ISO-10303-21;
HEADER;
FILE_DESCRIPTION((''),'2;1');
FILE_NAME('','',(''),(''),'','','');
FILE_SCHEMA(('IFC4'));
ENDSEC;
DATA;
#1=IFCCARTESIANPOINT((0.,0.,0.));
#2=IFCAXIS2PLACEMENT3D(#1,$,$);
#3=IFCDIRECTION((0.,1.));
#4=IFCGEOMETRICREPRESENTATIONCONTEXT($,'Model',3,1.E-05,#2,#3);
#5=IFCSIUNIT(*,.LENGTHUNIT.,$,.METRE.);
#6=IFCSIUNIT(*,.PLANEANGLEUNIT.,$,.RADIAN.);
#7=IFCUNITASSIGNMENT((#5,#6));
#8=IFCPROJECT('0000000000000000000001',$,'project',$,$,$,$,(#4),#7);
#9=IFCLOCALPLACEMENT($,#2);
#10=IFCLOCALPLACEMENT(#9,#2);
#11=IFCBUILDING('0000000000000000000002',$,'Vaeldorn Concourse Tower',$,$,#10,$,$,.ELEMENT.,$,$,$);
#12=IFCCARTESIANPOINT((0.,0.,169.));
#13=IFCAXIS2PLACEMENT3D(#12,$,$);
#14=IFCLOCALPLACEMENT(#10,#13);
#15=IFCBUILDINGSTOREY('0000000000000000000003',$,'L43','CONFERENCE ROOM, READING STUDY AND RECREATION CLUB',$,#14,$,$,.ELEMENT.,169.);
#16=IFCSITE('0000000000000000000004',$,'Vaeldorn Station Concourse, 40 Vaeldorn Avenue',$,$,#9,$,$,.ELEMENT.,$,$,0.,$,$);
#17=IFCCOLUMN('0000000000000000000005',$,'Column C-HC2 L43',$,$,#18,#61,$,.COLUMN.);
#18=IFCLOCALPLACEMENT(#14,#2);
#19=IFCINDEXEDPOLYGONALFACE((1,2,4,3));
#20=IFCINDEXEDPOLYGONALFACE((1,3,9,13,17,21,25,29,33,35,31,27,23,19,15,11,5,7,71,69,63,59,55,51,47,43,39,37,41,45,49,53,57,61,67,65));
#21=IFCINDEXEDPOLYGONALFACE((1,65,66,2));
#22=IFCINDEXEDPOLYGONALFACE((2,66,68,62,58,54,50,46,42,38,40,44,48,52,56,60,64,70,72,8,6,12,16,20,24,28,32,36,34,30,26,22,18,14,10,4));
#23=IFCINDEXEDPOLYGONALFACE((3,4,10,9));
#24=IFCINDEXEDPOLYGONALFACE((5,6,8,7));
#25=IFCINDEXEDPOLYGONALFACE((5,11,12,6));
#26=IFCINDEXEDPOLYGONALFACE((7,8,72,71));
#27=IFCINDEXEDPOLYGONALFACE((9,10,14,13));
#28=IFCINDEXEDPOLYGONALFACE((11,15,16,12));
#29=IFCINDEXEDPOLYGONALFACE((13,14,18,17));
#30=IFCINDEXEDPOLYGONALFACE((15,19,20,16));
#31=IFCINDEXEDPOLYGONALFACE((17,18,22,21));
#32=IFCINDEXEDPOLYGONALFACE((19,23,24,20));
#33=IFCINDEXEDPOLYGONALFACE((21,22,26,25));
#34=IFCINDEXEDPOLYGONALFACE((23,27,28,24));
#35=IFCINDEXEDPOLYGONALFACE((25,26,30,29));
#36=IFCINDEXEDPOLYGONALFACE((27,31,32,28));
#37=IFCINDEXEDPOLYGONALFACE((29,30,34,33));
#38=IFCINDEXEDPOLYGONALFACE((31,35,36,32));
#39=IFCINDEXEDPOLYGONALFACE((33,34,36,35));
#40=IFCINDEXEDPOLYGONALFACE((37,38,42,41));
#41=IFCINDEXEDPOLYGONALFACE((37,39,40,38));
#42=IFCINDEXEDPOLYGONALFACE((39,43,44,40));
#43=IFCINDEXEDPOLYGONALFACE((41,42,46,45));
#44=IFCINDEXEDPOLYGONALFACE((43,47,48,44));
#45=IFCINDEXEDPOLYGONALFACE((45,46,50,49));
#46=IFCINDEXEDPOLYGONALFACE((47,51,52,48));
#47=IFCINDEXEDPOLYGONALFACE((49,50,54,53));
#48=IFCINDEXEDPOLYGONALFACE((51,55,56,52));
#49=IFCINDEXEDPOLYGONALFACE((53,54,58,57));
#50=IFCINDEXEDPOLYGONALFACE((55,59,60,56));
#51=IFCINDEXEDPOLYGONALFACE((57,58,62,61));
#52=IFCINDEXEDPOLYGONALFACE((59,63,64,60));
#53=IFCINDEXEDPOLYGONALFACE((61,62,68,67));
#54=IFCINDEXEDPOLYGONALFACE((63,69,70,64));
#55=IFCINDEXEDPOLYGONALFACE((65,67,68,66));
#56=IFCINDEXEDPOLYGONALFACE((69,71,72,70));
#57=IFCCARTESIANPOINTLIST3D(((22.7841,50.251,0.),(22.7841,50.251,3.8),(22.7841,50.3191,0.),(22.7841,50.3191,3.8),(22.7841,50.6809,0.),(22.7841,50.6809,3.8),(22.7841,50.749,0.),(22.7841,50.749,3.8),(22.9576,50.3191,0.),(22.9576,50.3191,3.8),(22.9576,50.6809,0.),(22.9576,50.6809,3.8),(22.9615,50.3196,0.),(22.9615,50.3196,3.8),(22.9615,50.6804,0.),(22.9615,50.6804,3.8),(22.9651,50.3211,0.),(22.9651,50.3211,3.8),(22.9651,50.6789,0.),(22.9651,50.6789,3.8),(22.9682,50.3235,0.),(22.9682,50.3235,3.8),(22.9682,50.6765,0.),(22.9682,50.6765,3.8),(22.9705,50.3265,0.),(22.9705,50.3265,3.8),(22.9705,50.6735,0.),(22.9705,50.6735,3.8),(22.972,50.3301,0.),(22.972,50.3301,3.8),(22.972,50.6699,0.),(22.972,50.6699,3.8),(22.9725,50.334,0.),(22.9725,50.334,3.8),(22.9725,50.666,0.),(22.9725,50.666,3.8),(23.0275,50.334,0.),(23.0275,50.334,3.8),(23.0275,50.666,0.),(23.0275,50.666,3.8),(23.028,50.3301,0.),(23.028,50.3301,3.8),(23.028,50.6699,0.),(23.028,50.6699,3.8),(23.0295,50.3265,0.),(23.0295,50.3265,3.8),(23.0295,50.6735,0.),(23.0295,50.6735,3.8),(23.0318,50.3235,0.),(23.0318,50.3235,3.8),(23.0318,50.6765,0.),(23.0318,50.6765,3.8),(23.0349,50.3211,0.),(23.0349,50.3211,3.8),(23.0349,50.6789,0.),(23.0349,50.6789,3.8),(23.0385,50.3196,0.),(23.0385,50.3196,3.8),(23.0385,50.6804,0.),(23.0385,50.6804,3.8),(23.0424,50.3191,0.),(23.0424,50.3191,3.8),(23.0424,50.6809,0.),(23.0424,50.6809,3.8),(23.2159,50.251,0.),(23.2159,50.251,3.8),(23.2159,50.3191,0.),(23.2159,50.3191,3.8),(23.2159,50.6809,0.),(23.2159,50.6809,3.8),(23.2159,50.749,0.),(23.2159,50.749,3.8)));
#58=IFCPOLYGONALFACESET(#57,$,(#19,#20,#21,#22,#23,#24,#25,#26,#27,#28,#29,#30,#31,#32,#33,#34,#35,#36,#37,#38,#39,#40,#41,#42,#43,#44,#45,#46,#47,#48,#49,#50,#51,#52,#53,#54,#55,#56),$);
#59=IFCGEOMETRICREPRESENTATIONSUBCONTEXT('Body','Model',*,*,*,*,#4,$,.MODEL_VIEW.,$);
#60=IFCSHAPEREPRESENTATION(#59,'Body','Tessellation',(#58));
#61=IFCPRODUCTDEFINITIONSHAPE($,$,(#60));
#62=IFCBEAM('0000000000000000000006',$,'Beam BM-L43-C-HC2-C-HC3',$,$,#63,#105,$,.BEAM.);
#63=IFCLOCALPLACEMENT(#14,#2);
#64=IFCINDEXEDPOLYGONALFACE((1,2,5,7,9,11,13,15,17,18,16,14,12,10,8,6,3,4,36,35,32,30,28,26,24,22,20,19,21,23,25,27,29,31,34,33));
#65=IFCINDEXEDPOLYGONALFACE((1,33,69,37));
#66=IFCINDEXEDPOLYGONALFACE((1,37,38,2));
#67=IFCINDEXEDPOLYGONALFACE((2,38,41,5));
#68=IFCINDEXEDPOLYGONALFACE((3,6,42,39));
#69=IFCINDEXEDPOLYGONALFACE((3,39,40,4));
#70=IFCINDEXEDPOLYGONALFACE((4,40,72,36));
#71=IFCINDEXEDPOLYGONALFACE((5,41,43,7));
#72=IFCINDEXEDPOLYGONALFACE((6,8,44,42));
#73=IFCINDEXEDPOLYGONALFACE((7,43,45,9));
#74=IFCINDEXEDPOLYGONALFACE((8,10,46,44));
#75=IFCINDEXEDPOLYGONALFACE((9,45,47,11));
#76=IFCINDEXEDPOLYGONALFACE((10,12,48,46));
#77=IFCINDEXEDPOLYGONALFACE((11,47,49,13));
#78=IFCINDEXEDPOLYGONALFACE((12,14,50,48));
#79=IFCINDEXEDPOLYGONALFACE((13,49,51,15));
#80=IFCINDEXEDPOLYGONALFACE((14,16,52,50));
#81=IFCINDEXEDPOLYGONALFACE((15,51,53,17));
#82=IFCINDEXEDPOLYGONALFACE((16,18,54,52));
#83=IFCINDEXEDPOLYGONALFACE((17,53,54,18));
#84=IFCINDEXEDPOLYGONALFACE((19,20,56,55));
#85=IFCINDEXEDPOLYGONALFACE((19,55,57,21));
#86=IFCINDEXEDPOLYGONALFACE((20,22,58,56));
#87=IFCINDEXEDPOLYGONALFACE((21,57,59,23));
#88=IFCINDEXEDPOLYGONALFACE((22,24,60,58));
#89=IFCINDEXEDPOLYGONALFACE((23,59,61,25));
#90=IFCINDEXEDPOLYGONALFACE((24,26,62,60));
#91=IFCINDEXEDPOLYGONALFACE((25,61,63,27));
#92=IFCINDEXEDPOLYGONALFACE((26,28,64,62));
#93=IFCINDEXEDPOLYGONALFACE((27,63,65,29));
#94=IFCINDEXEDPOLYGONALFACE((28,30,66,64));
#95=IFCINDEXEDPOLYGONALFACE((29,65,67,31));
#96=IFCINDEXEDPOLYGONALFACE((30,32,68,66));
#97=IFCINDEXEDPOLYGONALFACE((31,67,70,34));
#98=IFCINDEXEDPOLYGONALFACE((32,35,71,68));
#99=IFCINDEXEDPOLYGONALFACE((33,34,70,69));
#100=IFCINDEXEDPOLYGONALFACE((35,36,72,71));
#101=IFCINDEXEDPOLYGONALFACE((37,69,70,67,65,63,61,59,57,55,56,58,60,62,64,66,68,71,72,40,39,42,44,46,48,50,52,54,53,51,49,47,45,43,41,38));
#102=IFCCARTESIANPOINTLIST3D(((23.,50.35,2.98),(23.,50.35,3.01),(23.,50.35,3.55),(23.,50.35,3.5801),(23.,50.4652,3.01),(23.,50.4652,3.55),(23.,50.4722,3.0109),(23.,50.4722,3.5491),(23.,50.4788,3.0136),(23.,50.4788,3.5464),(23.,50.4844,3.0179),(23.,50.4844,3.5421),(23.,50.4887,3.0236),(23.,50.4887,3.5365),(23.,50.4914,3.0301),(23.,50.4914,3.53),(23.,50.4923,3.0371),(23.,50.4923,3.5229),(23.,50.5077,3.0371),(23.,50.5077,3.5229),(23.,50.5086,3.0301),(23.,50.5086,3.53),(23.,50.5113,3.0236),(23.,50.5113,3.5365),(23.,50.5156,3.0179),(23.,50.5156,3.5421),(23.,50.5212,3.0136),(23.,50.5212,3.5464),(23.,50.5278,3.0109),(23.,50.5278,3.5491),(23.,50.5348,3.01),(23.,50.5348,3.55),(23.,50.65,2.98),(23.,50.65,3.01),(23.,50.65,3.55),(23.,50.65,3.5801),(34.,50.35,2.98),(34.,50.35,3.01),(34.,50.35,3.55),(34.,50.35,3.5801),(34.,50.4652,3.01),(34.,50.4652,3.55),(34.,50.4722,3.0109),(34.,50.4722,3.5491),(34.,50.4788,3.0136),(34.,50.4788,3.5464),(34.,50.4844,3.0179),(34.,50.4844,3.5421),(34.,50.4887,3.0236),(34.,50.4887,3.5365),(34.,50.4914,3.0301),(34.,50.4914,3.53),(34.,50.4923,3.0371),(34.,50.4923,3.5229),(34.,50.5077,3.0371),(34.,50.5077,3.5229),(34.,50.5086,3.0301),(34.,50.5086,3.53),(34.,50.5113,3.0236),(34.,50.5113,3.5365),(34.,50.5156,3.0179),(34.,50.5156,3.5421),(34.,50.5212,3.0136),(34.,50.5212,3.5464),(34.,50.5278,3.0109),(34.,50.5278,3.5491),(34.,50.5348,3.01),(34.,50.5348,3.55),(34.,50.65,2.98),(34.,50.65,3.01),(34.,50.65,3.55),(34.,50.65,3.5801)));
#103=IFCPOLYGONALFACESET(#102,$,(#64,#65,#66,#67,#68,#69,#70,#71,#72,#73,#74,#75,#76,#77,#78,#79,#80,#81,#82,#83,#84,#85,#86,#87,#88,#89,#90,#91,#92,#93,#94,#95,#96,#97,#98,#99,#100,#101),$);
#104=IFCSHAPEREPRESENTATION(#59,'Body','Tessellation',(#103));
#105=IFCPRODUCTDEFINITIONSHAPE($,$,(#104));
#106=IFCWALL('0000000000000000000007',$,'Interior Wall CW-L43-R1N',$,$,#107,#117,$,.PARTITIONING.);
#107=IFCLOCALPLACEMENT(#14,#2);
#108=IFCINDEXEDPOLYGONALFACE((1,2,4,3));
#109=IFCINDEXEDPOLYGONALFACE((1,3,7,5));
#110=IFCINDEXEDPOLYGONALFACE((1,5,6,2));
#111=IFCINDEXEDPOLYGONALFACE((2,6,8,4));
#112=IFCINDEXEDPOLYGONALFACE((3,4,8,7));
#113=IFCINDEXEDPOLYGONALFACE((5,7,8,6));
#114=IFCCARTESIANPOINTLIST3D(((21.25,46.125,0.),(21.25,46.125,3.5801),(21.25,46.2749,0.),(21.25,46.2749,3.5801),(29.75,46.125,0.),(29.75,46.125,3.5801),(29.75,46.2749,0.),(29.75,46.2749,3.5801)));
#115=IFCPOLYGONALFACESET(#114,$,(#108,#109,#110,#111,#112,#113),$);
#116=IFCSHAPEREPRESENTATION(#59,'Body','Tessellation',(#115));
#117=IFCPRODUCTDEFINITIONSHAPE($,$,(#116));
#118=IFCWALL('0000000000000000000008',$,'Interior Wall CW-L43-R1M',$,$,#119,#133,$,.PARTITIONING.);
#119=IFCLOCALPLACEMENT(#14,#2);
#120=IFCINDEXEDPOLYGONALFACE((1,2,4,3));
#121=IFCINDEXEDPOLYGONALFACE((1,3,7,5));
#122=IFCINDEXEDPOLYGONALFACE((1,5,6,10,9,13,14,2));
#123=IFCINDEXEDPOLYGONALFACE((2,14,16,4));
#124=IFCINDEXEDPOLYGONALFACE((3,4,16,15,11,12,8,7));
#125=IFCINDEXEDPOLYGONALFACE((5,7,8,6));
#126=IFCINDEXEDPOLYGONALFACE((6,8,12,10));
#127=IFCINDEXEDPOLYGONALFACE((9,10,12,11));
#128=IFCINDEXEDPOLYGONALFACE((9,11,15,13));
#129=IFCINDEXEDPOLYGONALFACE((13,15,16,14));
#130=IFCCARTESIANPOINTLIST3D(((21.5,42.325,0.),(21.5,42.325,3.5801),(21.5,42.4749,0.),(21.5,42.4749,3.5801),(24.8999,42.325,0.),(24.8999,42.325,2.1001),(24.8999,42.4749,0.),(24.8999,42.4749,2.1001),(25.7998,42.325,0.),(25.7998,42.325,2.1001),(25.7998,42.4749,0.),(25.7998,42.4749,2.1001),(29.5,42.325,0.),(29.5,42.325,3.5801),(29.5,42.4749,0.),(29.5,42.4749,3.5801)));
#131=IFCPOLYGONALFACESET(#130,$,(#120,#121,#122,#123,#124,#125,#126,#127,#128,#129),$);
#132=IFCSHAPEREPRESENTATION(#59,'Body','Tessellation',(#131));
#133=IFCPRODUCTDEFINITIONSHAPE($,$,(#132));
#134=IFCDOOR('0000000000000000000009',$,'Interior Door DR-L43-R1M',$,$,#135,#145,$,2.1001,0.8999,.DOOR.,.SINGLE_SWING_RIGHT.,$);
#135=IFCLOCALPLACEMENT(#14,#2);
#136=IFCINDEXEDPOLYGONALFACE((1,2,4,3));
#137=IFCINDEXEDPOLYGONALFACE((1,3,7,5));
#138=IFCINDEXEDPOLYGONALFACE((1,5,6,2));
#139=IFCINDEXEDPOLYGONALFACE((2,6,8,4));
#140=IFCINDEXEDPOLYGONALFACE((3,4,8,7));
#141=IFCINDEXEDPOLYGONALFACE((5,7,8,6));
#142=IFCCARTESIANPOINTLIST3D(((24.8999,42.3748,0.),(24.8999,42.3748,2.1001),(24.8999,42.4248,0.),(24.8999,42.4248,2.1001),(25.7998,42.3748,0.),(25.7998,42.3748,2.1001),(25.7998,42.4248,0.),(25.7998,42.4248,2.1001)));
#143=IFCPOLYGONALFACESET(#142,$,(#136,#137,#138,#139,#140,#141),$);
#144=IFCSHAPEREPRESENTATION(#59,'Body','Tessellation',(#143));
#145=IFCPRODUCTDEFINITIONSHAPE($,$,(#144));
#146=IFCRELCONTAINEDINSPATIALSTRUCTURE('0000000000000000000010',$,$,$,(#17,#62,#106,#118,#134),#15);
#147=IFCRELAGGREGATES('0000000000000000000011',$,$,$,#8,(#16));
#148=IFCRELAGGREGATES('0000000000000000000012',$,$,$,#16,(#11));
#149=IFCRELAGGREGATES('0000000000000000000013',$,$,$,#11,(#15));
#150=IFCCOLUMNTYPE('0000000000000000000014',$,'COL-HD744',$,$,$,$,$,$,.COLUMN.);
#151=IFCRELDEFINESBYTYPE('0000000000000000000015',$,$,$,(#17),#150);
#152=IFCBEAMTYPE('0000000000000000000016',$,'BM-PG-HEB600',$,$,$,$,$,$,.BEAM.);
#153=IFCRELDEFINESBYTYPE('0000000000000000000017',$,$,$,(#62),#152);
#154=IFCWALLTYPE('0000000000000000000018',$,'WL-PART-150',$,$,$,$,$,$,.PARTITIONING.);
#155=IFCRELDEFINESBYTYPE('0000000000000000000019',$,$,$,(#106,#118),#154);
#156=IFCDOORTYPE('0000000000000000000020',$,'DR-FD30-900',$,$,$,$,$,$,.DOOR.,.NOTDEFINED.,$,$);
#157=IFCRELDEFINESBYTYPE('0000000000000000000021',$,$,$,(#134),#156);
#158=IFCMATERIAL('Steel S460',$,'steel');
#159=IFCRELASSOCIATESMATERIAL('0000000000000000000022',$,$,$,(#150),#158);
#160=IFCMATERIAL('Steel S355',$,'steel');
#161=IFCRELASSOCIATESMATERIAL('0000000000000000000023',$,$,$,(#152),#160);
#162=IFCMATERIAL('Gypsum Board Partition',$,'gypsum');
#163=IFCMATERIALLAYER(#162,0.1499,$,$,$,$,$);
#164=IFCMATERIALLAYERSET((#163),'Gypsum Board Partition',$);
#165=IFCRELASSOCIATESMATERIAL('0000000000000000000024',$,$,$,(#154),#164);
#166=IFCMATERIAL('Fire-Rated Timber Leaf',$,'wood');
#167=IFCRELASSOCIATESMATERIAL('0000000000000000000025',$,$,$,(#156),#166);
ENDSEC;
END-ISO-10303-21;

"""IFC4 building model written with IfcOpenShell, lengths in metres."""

from ifc_helpers import new_model, si_unit, direction, frame, frame_2d, origin, origin_2d, place, context, subcontext, project, spatial, rectangle, i_section, extrude, source, transform, mapped, material, layer, layer_set, material_profile, profile_set, type_object, element, fill, save


model = new_model("IFC4")

# Units and contexts
model_context = context("Model", 3, precision=1e-05, world=origin(), true_north=direction((0.0, 1.0)))
body_context = subcontext(model_context, "Body", "Model", "MODEL_VIEW")
ifc_project = project(units=[si_unit("LENGTHUNIT", "METRE"), si_unit("PLANEANGLEUNIT", "RADIAN")], contexts=[model_context])

# Site, building, storey
site_placement = place(None, origin())
site = spatial("IfcSite", under=ifc_project, at=site_placement, Name="Vaeldorn Station Concourse, 40 Vaeldorn Avenue", CompositionType="ELEMENT", RefElevation=0.0)
building_placement = place(site_placement, origin())
building = spatial("IfcBuilding", under=site, at=building_placement, Name="Vaeldorn Concourse Tower", CompositionType="ELEMENT")
storey_placement = place(building_placement, frame((0.0, 0.0, 169.0)))
storey = spatial("IfcBuildingStorey", under=building, at=storey_placement, Name="L43", Description="CONFERENCE ROOM, READING STUDY AND RECREATION CLUB", CompositionType="ELEMENT", Elevation=169.0)

# Column
ifc_material_1 = material(Name="Steel S460", Category="steel")
ifc_material_profile_1 = material_profile(ifc_material_1, i_section(OverallWidth=0.4319, OverallDepth=0.498, WebThickness=0.0549, FlangeThickness=0.0681, FilletRadius=0.0149, at=origin_2d()), Name="HD 400x744")
ifc_profile_set_1 = profile_set([ifc_material_profile_1], Name="Steel S460")
column_type = type_object("IfcColumnType", Name="COL-HD744", PredefinedType="COLUMN", material=ifc_profile_set_1)
shared_shape_1 = source(origin(), body_context, "Body", "SweptSolid", [
    extrude(i_section(OverallWidth=0.4319, OverallDepth=0.498, WebThickness=0.0549, FlangeThickness=0.0681, FilletRadius=0.0149, at=origin_2d()), origin(), (0.0, 0.0, 1.0), 3.8),
])
column_placement = place(storey_placement, frame((23.0, 50.5, 0.0), z_axis=(0.0, 0.0, 1.0), x_axis=(1.0, 0.0, 0.0)))
element("IfcColumn", 1, at=column_placement, inside=storey, type_object=column_type, Name="Column C-HC2 L43", PredefinedType="COLUMN", context=body_context, shape_type="MappedRepresentation", body=[
    mapped(shared_shape_1, transform((0.0, 0.0, 0.0), scale=1.0)),
])

# Beam
ifc_material_2 = material(Name="Steel S355", Category="steel")
ifc_material_profile_2 = material_profile(ifc_material_2, i_section(OverallWidth=0.3, OverallDepth=0.6001, WebThickness=0.0154, FlangeThickness=0.03, FilletRadius=0.0271, at=origin_2d()), Name="HEB 600")
ifc_profile_set_2 = profile_set([ifc_material_profile_2], Name="Steel S355")
beam_type = type_object("IfcBeamType", Name="BM-PG-HEB600", PredefinedType="BEAM", material=ifc_profile_set_2)
shared_shape_2 = source(origin(), body_context, "Body", "SweptSolid", [
    extrude(i_section(OverallWidth=0.3, OverallDepth=0.6001, WebThickness=0.0154, FlangeThickness=0.03, FilletRadius=0.0271, at=origin_2d()), origin(), (0.0, 0.0, 1.0), 11.0),
])
beam_placement = place(storey_placement, frame((23.0, 50.5, 3.28), z_axis=(1.0, 0.0, 0.0), x_axis=(0.0, 1.0, 0.0)))
element("IfcBeam", 2, at=beam_placement, inside=storey, type_object=beam_type, Name="Beam BM-L43-C-HC2-C-HC3", PredefinedType="BEAM", context=body_context, shape_type="MappedRepresentation", body=[
    mapped(shared_shape_2, transform((0.0, 0.0, 0.0), scale=1.0)),
])

# Wall
ifc_material_3 = material(Name="Gypsum Board Partition", Category="gypsum")
ifc_layer_1 = layer(ifc_material_3, 0.1499)
ifc_layer_set_1 = layer_set([ifc_layer_1], Name="Gypsum Board Partition")
wall_type_1 = type_object("IfcWallType", Name="WL-PART-150", PredefinedType="PARTITIONING", material=ifc_layer_set_1)
wall_1_placement = place(storey_placement, frame((21.25, 46.2, 0.0), z_axis=(0.0, 0.0, 1.0), x_axis=(1.0, 0.0, 0.0)))
element("IfcWall", 3, at=wall_1_placement, inside=storey, type_object=wall_type_1, Name="Interior Wall CW-L43-R1N", PredefinedType="PARTITIONING", context=body_context, shape_type="SweptSolid", body=[
    extrude(rectangle(XDim=8.5, YDim=0.1499, at=frame_2d((4.25, 0.0))), origin(), (0.0, 0.0, 1.0), 3.5801),
])

# Wall, opening, door
wall_2_placement = place(storey_placement, frame((21.5, 42.3999, 0.0), z_axis=(0.0, 0.0, 1.0), x_axis=(1.0, 0.0, 0.0)))
wall_2 = element("IfcWall", 4, at=wall_2_placement, inside=storey, type_object=wall_type_1, Name="Interior Wall CW-L43-R1M", PredefinedType="PARTITIONING", context=body_context, shape_type="SweptSolid", body=[
    extrude(rectangle(XDim=8.0, YDim=0.1499, at=frame_2d((4.0, 0.0))), origin(), (0.0, 0.0, 1.0), 3.5801),
])
opening_1_placement = place(wall_2_placement, frame((3.3999, 0.0, 0.0)))
opening_1 = element("IfcOpeningElement", 5, at=opening_1_placement, cuts=wall_2, PredefinedType="OPENING", context=body_context, shape_type="SweptSolid", body=[
    extrude(rectangle(XDim=0.8999, YDim=2.1001, at=frame_2d((0.45, 1.05))), frame((0.0, 0.085, 0.0), z_axis=(0.0, -1.0, 0.0), x_axis=(1.0, 0.0, 0.0)), (0.0, 0.0, 1.0), 0.1699),
])
ifc_material_4 = material(Name="Fire-Rated Timber Leaf", Category="wood")
door_type_1 = type_object("IfcDoorType", Name="DR-FD30-900", OperationType="NOTDEFINED", PredefinedType="DOOR", material=ifc_material_4)
shared_shape_3 = source(origin(), body_context, "Body", "SweptSolid", [
    extrude(rectangle(XDim=0.8999, YDim=2.1001, at=frame_2d((0.45, 1.05))), frame((0.0, 0.0249, 0.0), z_axis=(0.0, -1.0, 0.0), x_axis=(1.0, 0.0, 0.0)), (0.0, 0.0, 1.0), 0.05),
])
door_1_placement = place(opening_1_placement, origin())
door_1 = element("IfcDoor", 6, at=door_1_placement, inside=storey, type_object=door_type_1, Name="Interior Door DR-L43-R1M", OperationType="SINGLE_SWING_RIGHT", OverallHeight=2.1001, OverallWidth=0.8999, PredefinedType="DOOR", context=body_context, shape_type="MappedRepresentation", body=[
    mapped(shared_shape_3, transform((0.0, 0.0, 0.0), scale=1.0)),
])
fill(opening_1, door_1)

save(model, "model.ifc")
